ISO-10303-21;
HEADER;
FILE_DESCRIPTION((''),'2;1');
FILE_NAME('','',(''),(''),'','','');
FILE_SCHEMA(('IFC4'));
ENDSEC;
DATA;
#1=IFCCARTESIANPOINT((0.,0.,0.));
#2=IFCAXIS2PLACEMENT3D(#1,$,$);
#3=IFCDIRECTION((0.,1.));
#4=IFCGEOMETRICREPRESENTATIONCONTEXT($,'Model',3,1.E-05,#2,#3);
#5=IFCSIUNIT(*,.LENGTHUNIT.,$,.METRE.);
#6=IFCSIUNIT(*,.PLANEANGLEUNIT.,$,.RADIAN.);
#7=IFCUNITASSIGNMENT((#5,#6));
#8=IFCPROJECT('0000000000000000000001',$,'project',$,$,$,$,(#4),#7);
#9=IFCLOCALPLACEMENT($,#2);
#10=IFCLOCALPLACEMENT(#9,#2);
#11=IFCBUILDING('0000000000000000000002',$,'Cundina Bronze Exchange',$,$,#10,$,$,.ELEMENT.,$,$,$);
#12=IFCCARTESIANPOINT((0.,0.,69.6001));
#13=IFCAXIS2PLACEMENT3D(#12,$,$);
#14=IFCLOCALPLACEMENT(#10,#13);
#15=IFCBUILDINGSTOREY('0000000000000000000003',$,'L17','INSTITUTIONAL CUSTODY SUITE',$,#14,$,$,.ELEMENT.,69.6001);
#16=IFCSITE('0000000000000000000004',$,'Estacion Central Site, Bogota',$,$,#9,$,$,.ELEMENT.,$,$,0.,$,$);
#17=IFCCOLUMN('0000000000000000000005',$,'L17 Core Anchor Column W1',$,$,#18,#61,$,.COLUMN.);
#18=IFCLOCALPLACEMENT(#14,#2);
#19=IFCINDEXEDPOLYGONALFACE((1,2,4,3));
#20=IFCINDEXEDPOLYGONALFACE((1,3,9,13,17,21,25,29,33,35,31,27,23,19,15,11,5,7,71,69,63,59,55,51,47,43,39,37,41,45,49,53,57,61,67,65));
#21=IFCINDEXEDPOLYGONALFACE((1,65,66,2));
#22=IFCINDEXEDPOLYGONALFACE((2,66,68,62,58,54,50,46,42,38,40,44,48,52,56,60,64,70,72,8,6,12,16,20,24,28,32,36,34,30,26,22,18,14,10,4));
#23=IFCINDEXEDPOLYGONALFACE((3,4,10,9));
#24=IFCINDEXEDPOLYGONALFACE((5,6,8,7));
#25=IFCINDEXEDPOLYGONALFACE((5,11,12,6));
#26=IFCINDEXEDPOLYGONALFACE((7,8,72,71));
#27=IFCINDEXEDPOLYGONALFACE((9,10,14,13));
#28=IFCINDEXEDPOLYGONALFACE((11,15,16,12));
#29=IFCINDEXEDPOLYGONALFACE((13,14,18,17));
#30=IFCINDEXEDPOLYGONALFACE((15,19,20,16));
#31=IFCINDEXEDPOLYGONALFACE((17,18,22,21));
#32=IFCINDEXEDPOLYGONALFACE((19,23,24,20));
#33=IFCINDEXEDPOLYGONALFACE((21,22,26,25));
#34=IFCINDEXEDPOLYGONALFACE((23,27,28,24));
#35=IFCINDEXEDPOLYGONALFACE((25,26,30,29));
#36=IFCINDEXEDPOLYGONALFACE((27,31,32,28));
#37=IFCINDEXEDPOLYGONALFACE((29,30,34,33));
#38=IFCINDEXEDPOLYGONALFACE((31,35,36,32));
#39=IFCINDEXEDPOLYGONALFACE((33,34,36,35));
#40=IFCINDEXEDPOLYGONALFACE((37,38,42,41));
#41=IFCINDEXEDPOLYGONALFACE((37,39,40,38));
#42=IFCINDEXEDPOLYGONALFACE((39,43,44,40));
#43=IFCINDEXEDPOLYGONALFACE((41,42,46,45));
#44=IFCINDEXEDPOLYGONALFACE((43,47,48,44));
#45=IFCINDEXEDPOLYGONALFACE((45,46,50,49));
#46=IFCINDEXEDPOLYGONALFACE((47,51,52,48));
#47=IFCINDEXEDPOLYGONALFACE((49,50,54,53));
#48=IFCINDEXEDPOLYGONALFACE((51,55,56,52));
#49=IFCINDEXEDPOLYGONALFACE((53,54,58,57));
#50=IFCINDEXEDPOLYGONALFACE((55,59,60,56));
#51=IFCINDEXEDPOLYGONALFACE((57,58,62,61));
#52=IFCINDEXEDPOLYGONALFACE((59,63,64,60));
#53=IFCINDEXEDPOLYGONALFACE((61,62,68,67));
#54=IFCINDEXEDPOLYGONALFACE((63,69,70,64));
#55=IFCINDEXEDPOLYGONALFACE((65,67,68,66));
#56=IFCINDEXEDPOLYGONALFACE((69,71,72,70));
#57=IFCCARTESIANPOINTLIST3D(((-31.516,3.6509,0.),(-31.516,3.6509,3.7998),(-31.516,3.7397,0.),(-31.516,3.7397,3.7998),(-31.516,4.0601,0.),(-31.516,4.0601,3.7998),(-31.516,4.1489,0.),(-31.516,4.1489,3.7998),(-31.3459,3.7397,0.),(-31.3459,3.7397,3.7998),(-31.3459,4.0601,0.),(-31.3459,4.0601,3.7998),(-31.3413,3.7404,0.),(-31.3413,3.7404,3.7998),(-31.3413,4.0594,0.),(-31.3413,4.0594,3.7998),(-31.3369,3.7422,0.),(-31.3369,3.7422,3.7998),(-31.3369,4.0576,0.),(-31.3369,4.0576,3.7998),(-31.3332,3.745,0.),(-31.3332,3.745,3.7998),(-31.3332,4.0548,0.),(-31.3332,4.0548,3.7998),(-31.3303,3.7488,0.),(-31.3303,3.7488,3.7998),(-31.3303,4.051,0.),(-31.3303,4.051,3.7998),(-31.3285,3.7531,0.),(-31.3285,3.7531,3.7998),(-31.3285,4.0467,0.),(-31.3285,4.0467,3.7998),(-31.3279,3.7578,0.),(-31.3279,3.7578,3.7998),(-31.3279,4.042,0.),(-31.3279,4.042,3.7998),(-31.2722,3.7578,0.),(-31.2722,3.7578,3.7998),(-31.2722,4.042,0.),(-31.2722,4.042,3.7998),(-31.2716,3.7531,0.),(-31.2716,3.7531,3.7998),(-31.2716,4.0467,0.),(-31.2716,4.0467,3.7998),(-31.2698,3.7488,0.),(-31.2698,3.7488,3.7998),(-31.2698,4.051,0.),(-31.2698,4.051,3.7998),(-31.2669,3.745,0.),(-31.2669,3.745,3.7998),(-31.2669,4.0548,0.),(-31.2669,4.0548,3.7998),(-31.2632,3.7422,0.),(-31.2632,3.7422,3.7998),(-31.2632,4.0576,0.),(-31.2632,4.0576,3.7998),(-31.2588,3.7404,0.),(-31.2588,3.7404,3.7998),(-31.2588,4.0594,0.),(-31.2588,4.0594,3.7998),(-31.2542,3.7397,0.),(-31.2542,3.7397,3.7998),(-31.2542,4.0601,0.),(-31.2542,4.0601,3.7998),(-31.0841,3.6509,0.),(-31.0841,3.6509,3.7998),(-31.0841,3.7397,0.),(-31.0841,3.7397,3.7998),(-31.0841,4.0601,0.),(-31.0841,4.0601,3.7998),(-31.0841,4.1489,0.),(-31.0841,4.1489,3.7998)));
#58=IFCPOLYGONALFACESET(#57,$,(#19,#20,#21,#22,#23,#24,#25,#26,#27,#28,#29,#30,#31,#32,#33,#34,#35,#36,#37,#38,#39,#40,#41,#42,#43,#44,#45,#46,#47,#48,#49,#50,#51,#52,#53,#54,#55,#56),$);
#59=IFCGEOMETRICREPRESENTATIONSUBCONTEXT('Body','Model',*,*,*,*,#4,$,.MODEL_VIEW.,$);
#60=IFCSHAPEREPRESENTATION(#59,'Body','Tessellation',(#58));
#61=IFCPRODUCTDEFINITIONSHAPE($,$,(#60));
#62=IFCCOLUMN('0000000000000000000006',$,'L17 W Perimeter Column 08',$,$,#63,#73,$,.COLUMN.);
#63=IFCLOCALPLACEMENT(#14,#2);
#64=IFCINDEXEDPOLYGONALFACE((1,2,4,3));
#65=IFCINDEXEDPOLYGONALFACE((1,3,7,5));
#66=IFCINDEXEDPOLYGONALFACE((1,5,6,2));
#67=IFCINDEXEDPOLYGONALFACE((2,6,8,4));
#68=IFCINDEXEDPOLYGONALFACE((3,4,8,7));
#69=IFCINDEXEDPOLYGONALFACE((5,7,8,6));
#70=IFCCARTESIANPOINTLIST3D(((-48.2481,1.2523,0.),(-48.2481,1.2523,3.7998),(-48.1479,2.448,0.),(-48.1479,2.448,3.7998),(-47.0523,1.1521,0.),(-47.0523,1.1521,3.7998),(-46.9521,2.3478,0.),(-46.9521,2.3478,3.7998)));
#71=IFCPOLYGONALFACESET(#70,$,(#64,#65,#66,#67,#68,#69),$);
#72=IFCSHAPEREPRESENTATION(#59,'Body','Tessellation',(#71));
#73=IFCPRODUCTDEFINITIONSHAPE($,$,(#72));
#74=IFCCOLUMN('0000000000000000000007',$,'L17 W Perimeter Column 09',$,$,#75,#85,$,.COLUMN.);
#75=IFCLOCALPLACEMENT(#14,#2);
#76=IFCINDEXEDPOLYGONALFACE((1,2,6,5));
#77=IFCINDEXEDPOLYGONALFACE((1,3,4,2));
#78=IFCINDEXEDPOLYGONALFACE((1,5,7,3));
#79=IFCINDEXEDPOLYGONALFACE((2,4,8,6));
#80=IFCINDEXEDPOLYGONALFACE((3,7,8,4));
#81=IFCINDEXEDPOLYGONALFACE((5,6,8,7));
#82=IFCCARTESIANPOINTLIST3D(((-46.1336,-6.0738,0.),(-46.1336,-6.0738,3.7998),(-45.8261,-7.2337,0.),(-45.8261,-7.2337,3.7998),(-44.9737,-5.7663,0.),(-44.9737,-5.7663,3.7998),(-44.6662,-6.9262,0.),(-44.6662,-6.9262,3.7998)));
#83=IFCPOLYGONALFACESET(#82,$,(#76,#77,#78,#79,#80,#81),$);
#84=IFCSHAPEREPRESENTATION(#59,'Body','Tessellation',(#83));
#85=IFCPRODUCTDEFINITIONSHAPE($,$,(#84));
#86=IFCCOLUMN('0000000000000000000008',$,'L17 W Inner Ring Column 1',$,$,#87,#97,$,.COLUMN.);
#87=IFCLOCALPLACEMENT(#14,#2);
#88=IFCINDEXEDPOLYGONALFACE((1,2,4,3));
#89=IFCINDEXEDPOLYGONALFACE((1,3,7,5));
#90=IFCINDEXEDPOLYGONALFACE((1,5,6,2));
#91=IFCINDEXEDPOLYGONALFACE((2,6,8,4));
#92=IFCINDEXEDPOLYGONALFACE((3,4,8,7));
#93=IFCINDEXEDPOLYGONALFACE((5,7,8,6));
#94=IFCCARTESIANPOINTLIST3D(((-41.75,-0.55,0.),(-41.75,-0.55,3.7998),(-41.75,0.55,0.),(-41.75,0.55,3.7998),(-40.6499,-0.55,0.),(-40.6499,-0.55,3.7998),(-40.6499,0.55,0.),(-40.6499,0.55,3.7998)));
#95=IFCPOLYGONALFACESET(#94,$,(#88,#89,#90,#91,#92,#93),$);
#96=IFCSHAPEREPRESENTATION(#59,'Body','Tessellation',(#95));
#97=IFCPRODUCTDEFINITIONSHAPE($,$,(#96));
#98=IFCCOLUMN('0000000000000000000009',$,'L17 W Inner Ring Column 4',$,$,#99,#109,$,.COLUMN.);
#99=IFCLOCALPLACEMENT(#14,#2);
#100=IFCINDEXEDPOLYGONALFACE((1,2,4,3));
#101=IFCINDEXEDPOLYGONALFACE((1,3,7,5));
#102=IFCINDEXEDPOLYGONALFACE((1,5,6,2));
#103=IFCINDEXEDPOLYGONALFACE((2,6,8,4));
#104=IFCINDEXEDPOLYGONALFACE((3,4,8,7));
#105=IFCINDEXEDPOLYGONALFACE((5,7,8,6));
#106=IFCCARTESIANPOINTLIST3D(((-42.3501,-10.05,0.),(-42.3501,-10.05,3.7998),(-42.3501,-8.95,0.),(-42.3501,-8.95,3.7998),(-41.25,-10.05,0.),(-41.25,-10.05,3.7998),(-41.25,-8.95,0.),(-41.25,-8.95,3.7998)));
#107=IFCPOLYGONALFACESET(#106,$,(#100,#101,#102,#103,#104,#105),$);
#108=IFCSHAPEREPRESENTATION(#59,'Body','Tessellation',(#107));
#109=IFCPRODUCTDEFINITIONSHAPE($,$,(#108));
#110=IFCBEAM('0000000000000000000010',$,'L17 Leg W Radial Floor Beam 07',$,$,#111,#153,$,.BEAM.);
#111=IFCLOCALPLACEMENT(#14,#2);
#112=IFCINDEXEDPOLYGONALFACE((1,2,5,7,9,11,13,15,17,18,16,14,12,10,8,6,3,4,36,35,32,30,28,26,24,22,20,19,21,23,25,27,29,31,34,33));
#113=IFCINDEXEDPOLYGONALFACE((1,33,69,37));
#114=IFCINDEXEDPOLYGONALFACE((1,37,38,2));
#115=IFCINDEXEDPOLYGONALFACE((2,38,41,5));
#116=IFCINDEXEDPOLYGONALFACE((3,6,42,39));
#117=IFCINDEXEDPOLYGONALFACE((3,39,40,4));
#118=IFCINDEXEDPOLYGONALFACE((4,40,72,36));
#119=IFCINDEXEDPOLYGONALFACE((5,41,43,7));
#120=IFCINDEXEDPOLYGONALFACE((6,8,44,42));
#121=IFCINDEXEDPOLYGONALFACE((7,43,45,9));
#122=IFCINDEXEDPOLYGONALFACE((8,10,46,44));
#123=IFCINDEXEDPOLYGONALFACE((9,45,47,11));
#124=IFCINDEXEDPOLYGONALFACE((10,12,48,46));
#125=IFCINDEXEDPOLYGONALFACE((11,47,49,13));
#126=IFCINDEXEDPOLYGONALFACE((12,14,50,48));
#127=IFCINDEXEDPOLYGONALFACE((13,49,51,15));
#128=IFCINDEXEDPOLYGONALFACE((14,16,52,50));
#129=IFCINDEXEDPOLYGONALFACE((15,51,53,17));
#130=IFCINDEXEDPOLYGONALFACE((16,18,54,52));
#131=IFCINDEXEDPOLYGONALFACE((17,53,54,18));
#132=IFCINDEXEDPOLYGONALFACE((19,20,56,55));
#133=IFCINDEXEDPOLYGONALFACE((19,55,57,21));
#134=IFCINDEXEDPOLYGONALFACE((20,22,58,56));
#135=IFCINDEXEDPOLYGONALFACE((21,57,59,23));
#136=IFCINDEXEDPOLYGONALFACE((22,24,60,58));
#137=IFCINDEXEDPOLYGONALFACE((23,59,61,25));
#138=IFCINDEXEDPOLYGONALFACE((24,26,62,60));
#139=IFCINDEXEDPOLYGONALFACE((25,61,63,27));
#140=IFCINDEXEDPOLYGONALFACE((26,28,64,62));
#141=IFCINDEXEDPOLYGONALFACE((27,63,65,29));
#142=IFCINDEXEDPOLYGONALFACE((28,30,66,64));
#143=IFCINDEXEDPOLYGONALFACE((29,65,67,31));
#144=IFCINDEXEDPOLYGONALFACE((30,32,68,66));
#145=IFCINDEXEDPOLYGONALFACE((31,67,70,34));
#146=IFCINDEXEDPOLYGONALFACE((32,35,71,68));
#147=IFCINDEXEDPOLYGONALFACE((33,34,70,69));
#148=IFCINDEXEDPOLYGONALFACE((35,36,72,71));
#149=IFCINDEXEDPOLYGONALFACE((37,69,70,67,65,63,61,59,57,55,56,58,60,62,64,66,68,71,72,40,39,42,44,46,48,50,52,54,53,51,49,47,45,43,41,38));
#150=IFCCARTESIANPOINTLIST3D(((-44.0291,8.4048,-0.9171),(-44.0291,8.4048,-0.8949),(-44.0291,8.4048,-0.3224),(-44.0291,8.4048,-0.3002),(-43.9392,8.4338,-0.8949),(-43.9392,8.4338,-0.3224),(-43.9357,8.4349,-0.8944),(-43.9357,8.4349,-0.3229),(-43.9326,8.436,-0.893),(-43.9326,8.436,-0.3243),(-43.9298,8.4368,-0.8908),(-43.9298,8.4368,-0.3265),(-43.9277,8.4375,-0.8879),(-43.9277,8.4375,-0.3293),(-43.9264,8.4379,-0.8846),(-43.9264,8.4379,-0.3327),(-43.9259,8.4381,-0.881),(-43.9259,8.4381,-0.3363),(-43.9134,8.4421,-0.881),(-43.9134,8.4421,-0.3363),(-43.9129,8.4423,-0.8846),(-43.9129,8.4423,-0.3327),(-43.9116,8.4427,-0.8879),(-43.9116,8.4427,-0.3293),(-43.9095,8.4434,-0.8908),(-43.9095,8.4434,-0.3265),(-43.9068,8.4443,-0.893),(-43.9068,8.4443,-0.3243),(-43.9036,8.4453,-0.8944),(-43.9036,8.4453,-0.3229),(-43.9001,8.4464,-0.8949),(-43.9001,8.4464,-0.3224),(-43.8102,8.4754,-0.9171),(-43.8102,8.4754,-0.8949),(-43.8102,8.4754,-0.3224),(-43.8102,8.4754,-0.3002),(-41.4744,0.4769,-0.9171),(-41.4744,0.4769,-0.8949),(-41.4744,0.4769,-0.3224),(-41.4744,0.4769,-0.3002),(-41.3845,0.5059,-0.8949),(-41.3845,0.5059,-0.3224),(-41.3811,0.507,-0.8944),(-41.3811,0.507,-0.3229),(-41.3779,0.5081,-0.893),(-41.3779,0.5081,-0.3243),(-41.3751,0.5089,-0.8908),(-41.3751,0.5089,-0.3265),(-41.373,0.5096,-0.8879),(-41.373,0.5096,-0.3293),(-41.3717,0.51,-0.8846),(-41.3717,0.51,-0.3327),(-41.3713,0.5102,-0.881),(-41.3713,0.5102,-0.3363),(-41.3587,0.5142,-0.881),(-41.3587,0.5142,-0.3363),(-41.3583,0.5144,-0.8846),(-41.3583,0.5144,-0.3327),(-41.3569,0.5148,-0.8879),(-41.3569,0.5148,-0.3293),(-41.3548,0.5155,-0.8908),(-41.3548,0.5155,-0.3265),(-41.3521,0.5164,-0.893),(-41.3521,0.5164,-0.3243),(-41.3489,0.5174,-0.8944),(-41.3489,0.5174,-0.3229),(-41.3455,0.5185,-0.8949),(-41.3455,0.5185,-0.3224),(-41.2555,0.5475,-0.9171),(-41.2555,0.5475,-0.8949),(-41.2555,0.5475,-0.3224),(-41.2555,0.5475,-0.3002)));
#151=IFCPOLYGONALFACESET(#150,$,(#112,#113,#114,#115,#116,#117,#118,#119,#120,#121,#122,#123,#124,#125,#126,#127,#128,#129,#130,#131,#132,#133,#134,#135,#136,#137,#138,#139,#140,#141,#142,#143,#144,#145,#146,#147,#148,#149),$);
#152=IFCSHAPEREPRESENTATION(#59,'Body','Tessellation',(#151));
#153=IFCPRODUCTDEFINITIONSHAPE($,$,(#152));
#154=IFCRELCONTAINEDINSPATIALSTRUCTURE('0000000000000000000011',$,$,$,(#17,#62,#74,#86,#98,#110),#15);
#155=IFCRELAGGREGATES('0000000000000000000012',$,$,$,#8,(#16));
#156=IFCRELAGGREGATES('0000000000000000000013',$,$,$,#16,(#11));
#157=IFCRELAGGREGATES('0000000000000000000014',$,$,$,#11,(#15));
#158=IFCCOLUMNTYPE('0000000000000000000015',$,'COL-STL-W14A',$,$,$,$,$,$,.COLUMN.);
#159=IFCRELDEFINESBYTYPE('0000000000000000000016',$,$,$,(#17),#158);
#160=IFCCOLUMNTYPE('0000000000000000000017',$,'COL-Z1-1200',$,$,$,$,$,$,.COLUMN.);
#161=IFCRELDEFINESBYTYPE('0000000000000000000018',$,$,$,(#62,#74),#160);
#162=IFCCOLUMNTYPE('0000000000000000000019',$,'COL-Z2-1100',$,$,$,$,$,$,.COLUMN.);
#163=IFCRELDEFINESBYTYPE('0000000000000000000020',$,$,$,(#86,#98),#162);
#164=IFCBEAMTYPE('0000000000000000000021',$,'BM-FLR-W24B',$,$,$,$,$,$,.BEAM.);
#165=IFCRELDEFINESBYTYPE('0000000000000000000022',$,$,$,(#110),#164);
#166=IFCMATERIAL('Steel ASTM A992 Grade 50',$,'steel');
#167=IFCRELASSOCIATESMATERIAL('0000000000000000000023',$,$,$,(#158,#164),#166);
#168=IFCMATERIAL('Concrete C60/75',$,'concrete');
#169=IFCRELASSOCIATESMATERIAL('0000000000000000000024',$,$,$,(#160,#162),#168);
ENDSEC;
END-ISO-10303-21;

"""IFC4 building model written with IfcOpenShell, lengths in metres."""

from ifc_helpers import new_model, si_unit, direction, frame, origin, origin_2d, place, context, subcontext, project, spatial, rectangle, i_section, extrude, material, material_profile, profile_set, type_object, element, save


model = new_model("IFC4")

# Units and contexts
model_context = context("Model", 3, precision=1e-05, world=origin(), true_north=direction((0.0, 1.0)))
body_context = subcontext(model_context, "Body", "Model", "MODEL_VIEW")
ifc_project = project(units=[si_unit("LENGTHUNIT", "METRE"), si_unit("PLANEANGLEUNIT", "RADIAN")], contexts=[model_context])

# Site, building, storey
site_placement = place(None, origin())
site = spatial("IfcSite", under=ifc_project, at=site_placement, Name="Estacion Central Site, Bogota", CompositionType="ELEMENT", RefElevation=0.0)
building_placement = place(site_placement, origin())
building = spatial("IfcBuilding", under=site, at=building_placement, Name="Cundina Bronze Exchange", CompositionType="ELEMENT")
storey_placement = place(building_placement, frame((0.0, 0.0, 69.6001)))
storey = spatial("IfcBuildingStorey", under=building, at=storey_placement, Name="L17", Description="INSTITUTIONAL CUSTODY SUITE", CompositionType="ELEMENT", Elevation=69.6001)

# Columns
ifc_material_1 = material(Name="Steel ASTM A992 Grade 50", Category="steel")
ifc_material_profile_1 = material_profile(ifc_material_1, i_section(OverallWidth=0.4319, OverallDepth=0.498, WebThickness=0.0557, FlangeThickness=0.0889, FilletRadius=0.0181, at=origin_2d()), Name="W14X500", Category="steel")
ifc_profile_set_1 = profile_set([ifc_material_profile_1], Name="Steel ASTM A992 Grade 50")
column_type_1 = type_object("IfcColumnType", Name="COL-STL-W14A", PredefinedType="COLUMN", material=ifc_profile_set_1)
column_placement = place(storey_placement, frame((-31.3, 3.8999, 0.0), z_axis=(0.0, 0.0, 1.0), x_axis=(1.0, 0.0, 0.0)))
element("IfcColumn", 1, at=column_placement, inside=storey, type_object=column_type_1, Name="L17 Core Anchor Column W1", PredefinedType="COLUMN", context=body_context, shape_type="SweptSolid", body=[
    extrude(i_section(OverallWidth=0.4319, OverallDepth=0.498, WebThickness=0.0557, FlangeThickness=0.0889, FilletRadius=0.0181, at=origin_2d()), origin(), (0.0, 0.0, 1.0), 3.7998),
])
ifc_material_2 = material(Name="Concrete C60/75", Category="concrete")
ifc_material_profile_2 = material_profile(ifc_material_2, rectangle(XDim=1.2, YDim=1.2, at=origin_2d()), Name="RC1200X1200", Category="concrete")
ifc_profile_set_2 = profile_set([ifc_material_profile_2], Name="Concrete C60/75")
column_type_2 = type_object("IfcColumnType", Name="COL-Z1-1200", PredefinedType="COLUMN", material=ifc_profile_set_2)
for number, where, z_axis, x_axis, name in (
    (2, (-47.6001, 1.8, 0.0), (0.0, 0.0, 1.0), (-0.083504, -0.996507, 0.0), "L17 W Perimeter Column 08"),
    (3, (-45.3999, -6.5, 0.0), (0.0, 0.0, 1.0), (0.256289, -0.9666, 0.0), "L17 W Perimeter Column 09"),
):
    element("IfcColumn", number, at=place(storey_placement, frame(where, z_axis=z_axis, x_axis=x_axis)), inside=storey, type_object=column_type_2, Name=name, PredefinedType="COLUMN", context=body_context, shape_type="SweptSolid", body=[
        extrude(rectangle(XDim=1.2, YDim=1.2, at=origin_2d()), origin(), (0.0, 0.0, 1.0), 3.7998),
    ])
ifc_material_profile_3 = material_profile(ifc_material_2, rectangle(XDim=1.1001, YDim=1.1001, at=origin_2d()), Name="RC1100X1100", Category="concrete")
ifc_profile_set_3 = profile_set([ifc_material_profile_3], Name="Concrete C60/75")
column_type_3 = type_object("IfcColumnType", Name="COL-Z2-1100", PredefinedType="COLUMN", material=ifc_profile_set_3)
for number, where, z_axis, x_axis, name in (
    (4, (-41.2, 0.0, 0.0), (0.0, 0.0, 1.0), (1.0, 0.0, 0.0), "L17 W Inner Ring Column 1"),
    (5, (-41.8, -9.5, 0.0), (0.0, 0.0, 1.0), (1.0, 0.0, 0.0), "L17 W Inner Ring Column 4"),
):
    element("IfcColumn", number, at=place(storey_placement, frame(where, z_axis=z_axis, x_axis=x_axis)), inside=storey, type_object=column_type_3, Name=name, PredefinedType="COLUMN", context=body_context, shape_type="SweptSolid", body=[
        extrude(rectangle(XDim=1.1001, YDim=1.1001, at=origin_2d()), origin(), (0.0, 0.0, 1.0), 3.7998),
    ])

# Beam
ifc_material_profile_4 = material_profile(ifc_material_1, i_section(OverallWidth=0.23, OverallDepth=0.6169, WebThickness=0.0132, FlangeThickness=0.0222, FilletRadius=0.0139, at=origin_2d()), Name="W24X94", Category="steel")
ifc_profile_set_4 = profile_set([ifc_material_profile_4], Name="Steel ASTM A992 Grade 50")
beam_type_1 = type_object("IfcBeamType", Name="BM-FLR-W24B", PredefinedType="BEAM", material=ifc_profile_set_4)
beam_1_placement = place(storey_placement, frame((-41.365, 0.5122, -0.6086), z_axis=(-0.306706, 0.951804, 0.0), x_axis=(-0.951804, -0.306706, 0.0)))
element("IfcBeam", 6, at=beam_1_placement, inside=storey, type_object=beam_type_1, Name="L17 Leg W Radial Floor Beam 07", PredefinedType="BEAM", context=body_context, shape_type="SweptSolid", body=[
    extrude(i_section(OverallWidth=0.23, OverallDepth=0.6169, WebThickness=0.0132, FlangeThickness=0.0222, FilletRadius=0.0139, at=origin_2d()), origin(), (0.0, 0.0, 1.0), 8.3293),
])

save(model, "model.ifc")
